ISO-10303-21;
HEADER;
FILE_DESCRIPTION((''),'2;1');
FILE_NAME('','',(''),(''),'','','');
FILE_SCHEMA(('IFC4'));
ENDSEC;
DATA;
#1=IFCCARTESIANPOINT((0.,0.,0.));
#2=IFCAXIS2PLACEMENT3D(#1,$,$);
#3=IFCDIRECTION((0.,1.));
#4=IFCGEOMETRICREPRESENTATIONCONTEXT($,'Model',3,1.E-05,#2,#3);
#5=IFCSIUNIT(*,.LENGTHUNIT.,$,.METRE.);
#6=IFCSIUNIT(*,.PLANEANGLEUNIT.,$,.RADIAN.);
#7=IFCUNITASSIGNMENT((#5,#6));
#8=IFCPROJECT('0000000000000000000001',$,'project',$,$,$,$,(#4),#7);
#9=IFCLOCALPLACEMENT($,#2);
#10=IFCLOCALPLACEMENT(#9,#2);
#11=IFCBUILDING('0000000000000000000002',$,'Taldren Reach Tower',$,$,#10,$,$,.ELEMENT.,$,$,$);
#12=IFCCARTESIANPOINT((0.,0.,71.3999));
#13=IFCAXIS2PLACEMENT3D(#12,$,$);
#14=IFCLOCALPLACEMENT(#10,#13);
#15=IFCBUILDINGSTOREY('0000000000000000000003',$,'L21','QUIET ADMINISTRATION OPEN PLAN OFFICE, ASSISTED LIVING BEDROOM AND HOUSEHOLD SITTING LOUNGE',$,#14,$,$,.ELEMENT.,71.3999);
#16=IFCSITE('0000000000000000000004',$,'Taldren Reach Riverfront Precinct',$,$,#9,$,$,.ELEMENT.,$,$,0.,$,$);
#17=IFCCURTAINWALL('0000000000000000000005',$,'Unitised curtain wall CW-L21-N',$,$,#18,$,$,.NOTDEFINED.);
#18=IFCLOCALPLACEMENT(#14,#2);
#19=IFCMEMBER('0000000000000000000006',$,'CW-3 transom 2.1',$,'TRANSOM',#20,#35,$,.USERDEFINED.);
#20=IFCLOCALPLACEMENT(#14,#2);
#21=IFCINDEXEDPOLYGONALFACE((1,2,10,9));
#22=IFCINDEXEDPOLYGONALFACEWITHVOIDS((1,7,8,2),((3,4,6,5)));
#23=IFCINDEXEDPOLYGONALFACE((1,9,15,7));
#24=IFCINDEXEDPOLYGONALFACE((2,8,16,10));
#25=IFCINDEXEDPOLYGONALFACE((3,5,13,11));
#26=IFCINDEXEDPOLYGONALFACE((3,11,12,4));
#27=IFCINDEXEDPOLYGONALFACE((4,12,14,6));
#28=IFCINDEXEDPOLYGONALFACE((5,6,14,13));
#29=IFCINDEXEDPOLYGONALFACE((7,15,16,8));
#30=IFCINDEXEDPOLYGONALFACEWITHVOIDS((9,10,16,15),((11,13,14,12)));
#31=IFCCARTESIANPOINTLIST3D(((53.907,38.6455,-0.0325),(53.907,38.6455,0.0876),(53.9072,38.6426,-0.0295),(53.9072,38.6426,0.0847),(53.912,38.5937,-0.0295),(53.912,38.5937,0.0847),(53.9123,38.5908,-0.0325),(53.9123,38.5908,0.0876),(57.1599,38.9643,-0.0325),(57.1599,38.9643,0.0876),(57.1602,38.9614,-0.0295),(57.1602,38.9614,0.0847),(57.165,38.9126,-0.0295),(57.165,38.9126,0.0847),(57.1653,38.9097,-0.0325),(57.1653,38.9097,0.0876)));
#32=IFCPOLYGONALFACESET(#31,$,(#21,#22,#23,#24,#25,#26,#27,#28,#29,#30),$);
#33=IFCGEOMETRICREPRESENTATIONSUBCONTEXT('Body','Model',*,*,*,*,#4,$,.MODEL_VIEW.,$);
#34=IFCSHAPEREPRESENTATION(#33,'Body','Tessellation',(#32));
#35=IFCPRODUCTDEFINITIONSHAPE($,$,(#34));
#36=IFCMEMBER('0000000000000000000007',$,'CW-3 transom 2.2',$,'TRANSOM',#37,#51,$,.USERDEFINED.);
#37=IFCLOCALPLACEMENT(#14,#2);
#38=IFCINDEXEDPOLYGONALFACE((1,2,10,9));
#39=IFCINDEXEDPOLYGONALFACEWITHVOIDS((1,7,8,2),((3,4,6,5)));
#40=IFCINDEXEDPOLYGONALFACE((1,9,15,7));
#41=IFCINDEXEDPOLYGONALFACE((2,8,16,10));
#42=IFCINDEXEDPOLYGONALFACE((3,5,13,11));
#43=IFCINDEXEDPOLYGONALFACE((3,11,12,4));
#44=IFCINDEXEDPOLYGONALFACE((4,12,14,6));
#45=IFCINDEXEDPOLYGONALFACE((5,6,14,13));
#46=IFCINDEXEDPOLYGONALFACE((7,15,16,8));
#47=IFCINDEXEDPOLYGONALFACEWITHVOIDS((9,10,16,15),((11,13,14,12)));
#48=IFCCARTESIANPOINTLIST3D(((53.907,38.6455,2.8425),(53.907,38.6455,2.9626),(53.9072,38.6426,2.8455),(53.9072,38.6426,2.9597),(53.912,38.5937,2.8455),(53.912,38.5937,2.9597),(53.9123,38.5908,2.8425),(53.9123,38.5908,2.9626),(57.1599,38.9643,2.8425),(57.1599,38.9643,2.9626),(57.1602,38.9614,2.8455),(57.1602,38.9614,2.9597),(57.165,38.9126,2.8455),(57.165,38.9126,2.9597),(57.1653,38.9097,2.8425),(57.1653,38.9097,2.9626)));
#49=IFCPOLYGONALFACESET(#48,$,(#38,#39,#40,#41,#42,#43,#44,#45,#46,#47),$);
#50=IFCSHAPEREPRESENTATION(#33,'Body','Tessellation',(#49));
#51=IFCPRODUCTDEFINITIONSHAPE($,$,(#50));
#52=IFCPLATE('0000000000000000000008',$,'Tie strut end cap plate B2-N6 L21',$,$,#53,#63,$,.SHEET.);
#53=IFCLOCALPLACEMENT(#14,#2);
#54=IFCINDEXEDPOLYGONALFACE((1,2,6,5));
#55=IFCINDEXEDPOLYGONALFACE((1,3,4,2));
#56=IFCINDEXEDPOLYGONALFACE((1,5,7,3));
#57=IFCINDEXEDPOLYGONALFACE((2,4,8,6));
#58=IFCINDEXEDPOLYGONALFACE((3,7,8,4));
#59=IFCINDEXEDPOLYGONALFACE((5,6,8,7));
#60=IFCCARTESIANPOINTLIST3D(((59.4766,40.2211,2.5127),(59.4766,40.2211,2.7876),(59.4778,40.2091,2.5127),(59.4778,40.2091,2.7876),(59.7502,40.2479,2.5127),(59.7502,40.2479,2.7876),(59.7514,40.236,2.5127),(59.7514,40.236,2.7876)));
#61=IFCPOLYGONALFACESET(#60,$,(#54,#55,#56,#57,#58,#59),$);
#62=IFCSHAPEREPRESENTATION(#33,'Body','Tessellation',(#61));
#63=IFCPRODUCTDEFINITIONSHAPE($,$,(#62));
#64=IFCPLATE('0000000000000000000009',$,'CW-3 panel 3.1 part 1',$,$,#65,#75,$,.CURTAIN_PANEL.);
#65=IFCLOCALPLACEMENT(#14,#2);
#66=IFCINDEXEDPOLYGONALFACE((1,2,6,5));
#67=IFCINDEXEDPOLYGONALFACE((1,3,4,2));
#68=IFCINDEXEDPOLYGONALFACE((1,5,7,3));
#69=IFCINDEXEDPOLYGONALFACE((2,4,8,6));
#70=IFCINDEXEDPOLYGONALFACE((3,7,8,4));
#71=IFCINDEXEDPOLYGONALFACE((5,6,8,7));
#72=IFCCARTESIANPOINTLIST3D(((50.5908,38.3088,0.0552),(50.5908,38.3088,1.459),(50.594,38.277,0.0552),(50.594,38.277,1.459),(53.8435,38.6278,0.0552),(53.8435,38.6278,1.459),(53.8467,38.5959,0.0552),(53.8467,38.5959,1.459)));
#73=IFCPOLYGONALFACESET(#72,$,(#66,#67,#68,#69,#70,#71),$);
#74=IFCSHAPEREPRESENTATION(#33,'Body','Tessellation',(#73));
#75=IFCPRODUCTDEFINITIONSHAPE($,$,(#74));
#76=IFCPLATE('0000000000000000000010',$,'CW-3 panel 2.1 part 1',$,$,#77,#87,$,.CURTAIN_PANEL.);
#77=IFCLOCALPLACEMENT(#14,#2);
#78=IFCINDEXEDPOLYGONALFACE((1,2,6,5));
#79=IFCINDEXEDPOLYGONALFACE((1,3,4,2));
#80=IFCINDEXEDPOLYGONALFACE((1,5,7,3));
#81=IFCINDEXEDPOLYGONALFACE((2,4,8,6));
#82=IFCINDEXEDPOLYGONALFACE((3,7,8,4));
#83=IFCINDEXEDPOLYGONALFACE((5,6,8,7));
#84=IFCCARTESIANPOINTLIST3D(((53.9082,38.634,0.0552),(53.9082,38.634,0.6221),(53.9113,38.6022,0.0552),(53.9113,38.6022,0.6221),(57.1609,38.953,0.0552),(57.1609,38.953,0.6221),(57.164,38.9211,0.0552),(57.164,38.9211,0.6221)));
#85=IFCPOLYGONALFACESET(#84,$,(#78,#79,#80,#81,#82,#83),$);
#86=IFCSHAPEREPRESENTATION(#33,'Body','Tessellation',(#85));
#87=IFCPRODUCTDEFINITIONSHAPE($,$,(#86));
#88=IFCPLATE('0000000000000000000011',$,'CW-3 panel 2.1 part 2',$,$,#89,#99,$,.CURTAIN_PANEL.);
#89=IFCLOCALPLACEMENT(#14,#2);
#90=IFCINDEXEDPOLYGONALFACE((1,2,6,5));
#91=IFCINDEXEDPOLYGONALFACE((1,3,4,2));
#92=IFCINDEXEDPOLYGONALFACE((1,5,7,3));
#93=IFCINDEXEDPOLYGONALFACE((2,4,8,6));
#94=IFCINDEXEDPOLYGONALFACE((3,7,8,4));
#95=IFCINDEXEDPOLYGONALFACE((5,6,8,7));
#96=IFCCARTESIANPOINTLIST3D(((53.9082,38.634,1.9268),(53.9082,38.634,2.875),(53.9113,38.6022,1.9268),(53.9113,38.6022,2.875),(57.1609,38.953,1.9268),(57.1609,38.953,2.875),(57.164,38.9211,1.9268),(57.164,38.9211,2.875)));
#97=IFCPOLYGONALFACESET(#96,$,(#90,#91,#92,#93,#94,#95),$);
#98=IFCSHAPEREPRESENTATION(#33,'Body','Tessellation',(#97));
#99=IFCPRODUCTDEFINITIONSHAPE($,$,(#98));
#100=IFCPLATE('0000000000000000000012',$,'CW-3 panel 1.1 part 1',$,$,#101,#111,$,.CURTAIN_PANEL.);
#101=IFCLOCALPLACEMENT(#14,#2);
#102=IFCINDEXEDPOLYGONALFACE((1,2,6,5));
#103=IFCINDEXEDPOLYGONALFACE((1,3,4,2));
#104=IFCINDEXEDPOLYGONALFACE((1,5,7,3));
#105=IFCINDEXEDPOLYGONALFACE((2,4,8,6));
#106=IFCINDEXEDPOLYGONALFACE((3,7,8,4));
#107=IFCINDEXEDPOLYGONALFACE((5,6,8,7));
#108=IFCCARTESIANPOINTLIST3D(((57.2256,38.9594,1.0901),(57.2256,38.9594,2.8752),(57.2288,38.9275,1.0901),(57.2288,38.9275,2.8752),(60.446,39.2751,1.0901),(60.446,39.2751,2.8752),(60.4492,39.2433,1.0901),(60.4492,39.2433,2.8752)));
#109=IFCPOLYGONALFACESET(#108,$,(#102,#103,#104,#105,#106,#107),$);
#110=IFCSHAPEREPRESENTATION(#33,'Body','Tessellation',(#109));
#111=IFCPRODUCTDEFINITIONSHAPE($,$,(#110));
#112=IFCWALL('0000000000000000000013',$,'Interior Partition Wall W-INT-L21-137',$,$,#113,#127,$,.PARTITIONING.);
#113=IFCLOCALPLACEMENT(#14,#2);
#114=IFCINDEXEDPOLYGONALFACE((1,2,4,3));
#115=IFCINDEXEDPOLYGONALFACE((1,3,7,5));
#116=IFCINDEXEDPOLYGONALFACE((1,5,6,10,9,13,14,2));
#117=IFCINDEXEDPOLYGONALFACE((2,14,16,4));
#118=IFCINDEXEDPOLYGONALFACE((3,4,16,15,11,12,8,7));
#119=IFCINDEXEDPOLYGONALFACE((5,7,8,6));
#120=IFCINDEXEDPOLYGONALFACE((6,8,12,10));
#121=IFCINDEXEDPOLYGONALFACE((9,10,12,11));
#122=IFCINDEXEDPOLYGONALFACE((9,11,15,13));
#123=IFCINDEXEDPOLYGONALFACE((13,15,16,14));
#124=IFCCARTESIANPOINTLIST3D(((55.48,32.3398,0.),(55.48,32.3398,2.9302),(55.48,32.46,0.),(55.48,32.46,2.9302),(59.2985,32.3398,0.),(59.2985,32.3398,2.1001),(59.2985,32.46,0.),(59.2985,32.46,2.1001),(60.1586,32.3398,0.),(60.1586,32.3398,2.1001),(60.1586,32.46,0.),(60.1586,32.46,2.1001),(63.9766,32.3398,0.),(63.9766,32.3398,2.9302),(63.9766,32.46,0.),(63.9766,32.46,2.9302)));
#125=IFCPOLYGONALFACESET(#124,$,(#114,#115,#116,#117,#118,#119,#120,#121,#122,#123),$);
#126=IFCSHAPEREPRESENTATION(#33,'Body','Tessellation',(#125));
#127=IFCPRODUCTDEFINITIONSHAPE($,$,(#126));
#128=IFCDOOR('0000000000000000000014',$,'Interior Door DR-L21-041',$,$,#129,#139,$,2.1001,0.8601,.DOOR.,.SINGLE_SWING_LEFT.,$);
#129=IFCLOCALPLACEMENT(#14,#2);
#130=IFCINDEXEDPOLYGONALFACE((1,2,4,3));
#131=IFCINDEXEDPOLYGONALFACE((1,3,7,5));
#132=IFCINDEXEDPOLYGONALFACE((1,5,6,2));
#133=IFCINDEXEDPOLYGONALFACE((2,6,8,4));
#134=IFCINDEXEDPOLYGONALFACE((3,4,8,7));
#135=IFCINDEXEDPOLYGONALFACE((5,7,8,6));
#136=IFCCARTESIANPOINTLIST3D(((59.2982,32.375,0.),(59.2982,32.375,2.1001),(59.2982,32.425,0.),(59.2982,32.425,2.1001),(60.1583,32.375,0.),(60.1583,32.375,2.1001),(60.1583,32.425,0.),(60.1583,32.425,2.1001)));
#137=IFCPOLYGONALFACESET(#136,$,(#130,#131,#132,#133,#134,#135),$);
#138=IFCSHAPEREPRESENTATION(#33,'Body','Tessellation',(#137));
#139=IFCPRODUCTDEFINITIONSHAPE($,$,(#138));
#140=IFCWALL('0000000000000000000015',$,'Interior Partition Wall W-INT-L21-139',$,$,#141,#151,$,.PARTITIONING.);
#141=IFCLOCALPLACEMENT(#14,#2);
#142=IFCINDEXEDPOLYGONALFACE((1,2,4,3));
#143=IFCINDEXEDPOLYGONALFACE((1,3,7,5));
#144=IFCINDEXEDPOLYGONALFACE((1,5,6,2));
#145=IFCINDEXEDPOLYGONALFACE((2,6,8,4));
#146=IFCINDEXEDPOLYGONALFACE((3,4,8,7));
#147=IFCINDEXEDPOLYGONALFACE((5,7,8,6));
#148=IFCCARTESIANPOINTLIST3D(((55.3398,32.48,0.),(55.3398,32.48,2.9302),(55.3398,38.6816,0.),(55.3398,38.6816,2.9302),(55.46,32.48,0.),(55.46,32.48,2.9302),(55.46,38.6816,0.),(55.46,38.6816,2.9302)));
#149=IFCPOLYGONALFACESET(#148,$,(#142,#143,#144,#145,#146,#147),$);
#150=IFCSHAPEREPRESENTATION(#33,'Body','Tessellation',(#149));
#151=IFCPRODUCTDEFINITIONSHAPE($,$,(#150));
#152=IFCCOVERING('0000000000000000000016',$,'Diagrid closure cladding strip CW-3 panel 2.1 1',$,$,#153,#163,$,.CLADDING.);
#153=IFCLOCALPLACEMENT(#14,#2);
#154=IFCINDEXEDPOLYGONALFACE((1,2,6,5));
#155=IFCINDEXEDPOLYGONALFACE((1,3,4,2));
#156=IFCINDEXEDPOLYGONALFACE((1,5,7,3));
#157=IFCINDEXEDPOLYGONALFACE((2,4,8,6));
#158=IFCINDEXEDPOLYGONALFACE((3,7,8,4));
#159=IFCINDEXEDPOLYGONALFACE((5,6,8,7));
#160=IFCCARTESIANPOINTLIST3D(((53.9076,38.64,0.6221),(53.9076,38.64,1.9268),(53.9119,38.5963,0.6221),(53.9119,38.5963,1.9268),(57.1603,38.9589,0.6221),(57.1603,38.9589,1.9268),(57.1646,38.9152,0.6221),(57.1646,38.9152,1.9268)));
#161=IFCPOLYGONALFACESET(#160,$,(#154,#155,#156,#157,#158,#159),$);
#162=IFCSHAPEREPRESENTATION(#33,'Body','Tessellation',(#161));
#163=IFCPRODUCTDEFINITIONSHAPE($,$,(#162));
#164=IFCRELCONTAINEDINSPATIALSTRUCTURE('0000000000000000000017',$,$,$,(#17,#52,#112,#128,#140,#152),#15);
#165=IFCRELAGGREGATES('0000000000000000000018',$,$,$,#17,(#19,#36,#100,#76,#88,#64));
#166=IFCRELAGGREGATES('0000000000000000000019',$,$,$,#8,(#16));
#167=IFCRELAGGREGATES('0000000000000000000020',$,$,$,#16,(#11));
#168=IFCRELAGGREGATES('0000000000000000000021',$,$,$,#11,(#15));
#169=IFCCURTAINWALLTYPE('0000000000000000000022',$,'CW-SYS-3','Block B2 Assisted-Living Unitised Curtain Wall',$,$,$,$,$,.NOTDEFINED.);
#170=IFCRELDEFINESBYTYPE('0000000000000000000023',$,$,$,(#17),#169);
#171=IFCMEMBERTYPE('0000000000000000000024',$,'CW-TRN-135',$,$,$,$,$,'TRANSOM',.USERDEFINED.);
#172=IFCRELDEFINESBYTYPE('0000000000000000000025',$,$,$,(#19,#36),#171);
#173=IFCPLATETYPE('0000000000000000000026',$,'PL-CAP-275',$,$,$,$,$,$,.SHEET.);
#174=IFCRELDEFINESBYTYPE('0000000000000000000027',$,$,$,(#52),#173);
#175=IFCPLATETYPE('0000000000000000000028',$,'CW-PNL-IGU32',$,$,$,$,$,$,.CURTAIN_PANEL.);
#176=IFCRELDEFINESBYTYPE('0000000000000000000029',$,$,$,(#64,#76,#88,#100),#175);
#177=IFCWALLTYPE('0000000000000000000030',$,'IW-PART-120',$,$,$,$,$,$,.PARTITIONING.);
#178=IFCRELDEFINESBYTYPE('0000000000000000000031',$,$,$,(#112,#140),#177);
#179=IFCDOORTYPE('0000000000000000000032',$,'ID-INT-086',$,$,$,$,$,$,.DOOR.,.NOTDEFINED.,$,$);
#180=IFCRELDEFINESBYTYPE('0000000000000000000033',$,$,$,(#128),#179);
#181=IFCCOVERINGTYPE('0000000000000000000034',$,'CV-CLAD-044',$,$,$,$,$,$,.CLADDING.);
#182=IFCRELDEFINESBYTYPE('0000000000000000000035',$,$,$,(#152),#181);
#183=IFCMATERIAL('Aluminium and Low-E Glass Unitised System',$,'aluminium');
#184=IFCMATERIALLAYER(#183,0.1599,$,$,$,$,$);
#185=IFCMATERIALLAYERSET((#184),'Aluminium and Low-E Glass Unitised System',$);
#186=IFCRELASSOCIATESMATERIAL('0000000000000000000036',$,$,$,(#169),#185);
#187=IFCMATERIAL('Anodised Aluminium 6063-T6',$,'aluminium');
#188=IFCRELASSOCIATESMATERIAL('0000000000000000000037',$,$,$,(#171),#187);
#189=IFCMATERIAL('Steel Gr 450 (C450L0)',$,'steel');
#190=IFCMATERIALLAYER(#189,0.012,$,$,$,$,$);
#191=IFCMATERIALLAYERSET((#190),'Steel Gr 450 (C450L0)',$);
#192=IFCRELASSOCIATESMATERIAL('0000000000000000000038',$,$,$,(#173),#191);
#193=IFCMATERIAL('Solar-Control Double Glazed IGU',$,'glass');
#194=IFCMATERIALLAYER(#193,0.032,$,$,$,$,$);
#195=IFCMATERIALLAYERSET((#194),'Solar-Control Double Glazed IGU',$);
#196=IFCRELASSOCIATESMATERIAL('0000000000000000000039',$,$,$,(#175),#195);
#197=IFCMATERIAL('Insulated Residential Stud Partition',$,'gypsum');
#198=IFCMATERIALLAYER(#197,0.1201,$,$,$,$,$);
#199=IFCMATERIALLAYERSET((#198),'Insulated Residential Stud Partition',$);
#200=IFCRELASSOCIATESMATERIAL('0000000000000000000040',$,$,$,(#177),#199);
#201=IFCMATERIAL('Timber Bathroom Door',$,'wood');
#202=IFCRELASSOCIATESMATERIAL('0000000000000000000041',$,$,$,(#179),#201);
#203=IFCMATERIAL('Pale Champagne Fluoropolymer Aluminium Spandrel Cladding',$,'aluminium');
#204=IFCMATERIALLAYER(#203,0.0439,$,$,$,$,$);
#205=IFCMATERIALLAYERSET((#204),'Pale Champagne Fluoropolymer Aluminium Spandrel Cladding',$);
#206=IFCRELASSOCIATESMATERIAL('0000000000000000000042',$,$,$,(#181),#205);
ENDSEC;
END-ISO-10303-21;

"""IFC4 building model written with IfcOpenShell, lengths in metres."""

from ifc_helpers import new_model, si_unit, direction, frame, frame_2d, origin, origin_2d, place, context, subcontext, project, spatial, rectangle, hollow_rectangle, extrude, source, transform, mapped, material, layer, layer_set, material_profile, profile_set, type_object, element, fill, aggregate, save


model = new_model("IFC4")

# Units and contexts
model_context = context("Model", 3, precision=1e-05, world=origin(), true_north=direction((0.0, 1.0)))
body_context = subcontext(model_context, "Body", "Model", "MODEL_VIEW")
ifc_project = project(units=[si_unit("LENGTHUNIT", "METRE"), si_unit("PLANEANGLEUNIT", "RADIAN")], contexts=[model_context])

# Site, building, storey
site_placement = place(None, origin())
site = spatial("IfcSite", under=ifc_project, at=site_placement, Name="Taldren Reach Riverfront Precinct", CompositionType="ELEMENT", RefElevation=0.0)
building_placement = place(site_placement, origin())
building = spatial("IfcBuilding", under=site, at=building_placement, Name="Taldren Reach Tower", CompositionType="ELEMENT")
storey_placement = place(building_placement, frame((0.0, 0.0, 71.3999)))
storey = spatial("IfcBuildingStorey", under=building, at=storey_placement, Name="L21", Description="QUIET ADMINISTRATION OPEN PLAN OFFICE, ASSISTED LIVING BEDROOM AND HOUSEHOLD SITTING LOUNGE", CompositionType="ELEMENT", Elevation=71.3999)

# Shared definitions
ifc_material_1 = material(Name="Steel Gr 450 (C450L0)", Category="steel")

# Curtain wall, members
ifc_material_2 = material(Name="Aluminium and Low-E Glass Unitised System", Category="aluminium")
ifc_layer_1 = layer(ifc_material_2, 0.1599)
ifc_layer_set_1 = layer_set([ifc_layer_1], Name="Aluminium and Low-E Glass Unitised System")
curtain_wall_type = type_object("IfcCurtainWallType", Name="CW-SYS-3", Description="Block B2 Assisted-Living Unitised Curtain Wall", PredefinedType="NOTDEFINED", material=ifc_layer_set_1)
curtain_wall_placement = place(storey_placement, origin())
curtain_wall = element("IfcCurtainWall", 1, at=curtain_wall_placement, inside=storey, type_object=curtain_wall_type, Name="Unitised curtain wall CW-L21-N", PredefinedType="NOTDEFINED")
ifc_material_3 = material(Name="Anodised Aluminium 6063-T6", Category="aluminium")
ifc_material_profile_1 = material_profile(ifc_material_3, hollow_rectangle(XDim=0.0549, YDim=0.1201, WallThickness=0.0029, at=origin_2d()), Name="ALU-120x55x3RHS")
ifc_profile_set_1 = profile_set([ifc_material_profile_1], Name="Anodised Aluminium 6063-T6")
member_type_1 = type_object("IfcMemberType", Name="CW-TRN-135", ElementType="TRANSOM", PredefinedType="USERDEFINED", material=ifc_profile_set_1)
shared_shape_1 = source(origin(), body_context, "Body", "SweptSolid", [
    extrude(hollow_rectangle(XDim=0.0549, YDim=0.1201, WallThickness=0.0029, at=origin_2d()), origin(), (0.0, 0.0, 1.0), 3.2686),
])
member_1_placement = place(storey_placement, frame((57.1626, 38.937, 0.0276), z_axis=(-0.995231, -0.097551, 0.0), x_axis=(0.097551, -0.995231, 0.0)))
member_1 = element("IfcMember", 2, at=member_1_placement, type_object=member_type_1, Name="CW-3 transom 2.1", ObjectType="TRANSOM", PredefinedType="USERDEFINED", context=body_context, shape_type="MappedRepresentation", body=[
    mapped(shared_shape_1, transform((0.0, 0.0, 0.0), scale=1.0)),
])
member_2_placement = place(storey_placement, frame((57.1626, 38.937, 2.9026), z_axis=(-0.995231, -0.097551, 0.0), x_axis=(0.097551, -0.995231, 0.0)))
member_2 = element("IfcMember", 3, at=member_2_placement, type_object=member_type_1, Name="CW-3 transom 2.2", ObjectType="TRANSOM", PredefinedType="USERDEFINED", context=body_context, shape_type="MappedRepresentation", body=[
    mapped(shared_shape_1, transform((0.0, 0.0, 0.0), scale=1.0)),
])

# Plates
ifc_layer_2 = layer(ifc_material_1, 0.012)
ifc_layer_set_2 = layer_set([ifc_layer_2], Name="Steel Gr 450 (C450L0)")
plate_type_1 = type_object("IfcPlateType", Name="PL-CAP-275", PredefinedType="SHEET", material=ifc_layer_set_2)
shared_shape_2 = source(origin(), body_context, "Body", "SweptSolid", [
    extrude(rectangle(XDim=0.2749, YDim=0.012, at=origin_2d()), origin(), (0.0, 0.0, 1.0), 0.2749),
])
plate_1_placement = place(storey_placement, frame((59.614, 40.2285, 2.5127), z_axis=(0.0, 0.0, 1.0), x_axis=(0.995227, 0.097583, 0.0)))
element("IfcPlate", 4, at=plate_1_placement, inside=storey, type_object=plate_type_1, Name="Tie strut end cap plate B2-N6 L21", PredefinedType="SHEET", context=body_context, shape_type="MappedRepresentation", body=[
    mapped(shared_shape_2, transform((0.0, 0.0, 0.0), scale=1.0)),
])
ifc_material_4 = material(Name="Solar-Control Double Glazed IGU", Category="glass")
ifc_layer_3 = layer(ifc_material_4, 0.032)
ifc_layer_set_3 = layer_set([ifc_layer_3], Name="Solar-Control Double Glazed IGU")
plate_type_2 = type_object("IfcPlateType", Name="CW-PNL-IGU32", PredefinedType="CURTAIN_PANEL", material=ifc_layer_set_3)
shared_shape_3 = source(origin(), body_context, "Body", "SweptSolid", [
    extrude(rectangle(XDim=3.2683, YDim=0.032, at=origin_2d()), origin(), (0.0, 0.0, 1.0), 1.4038),
])
plate_2_placement = place(storey_placement, frame((52.2188, 38.4524, 0.0552), z_axis=(0.0, 0.0, 1.0), x_axis=(-0.995227, -0.097583, 0.0)))
plate_2 = element("IfcPlate", 5, at=plate_2_placement, type_object=plate_type_2, Name="CW-3 panel 3.1 part 1", PredefinedType="CURTAIN_PANEL", context=body_context, shape_type="MappedRepresentation", body=[
    mapped(shared_shape_3, transform((0.0, 0.0, 0.0), scale=1.0)),
])
shared_shape_4 = source(origin(), body_context, "Body", "SweptSolid", [
    extrude(rectangle(XDim=3.2683, YDim=0.032, at=origin_2d()), origin(), (0.0, 0.0, 1.0), 0.5669),
])
plate_3_placement = place(storey_placement, frame((55.5361, 38.7776, 0.0552), z_axis=(0.0, 0.0, 1.0), x_axis=(-0.995227, -0.097583, 0.0)))
plate_3 = element("IfcPlate", 6, at=plate_3_placement, type_object=plate_type_2, Name="CW-3 panel 2.1 part 1", PredefinedType="CURTAIN_PANEL", context=body_context, shape_type="MappedRepresentation", body=[
    mapped(shared_shape_4, transform((0.0, 0.0, 0.0), scale=1.0)),
])
shared_shape_5 = source(origin(), body_context, "Body", "SweptSolid", [
    extrude(rectangle(XDim=3.2683, YDim=0.032, at=origin_2d()), origin(), (0.0, 0.0, 1.0), 0.9482),
])
plate_4_placement = place(storey_placement, frame((55.5361, 38.7776, 1.9268), z_axis=(0.0, 0.0, 1.0), x_axis=(-0.995227, -0.097583, 0.0)))
plate_4 = element("IfcPlate", 7, at=plate_4_placement, type_object=plate_type_2, Name="CW-3 panel 2.1 part 2", PredefinedType="CURTAIN_PANEL", context=body_context, shape_type="MappedRepresentation", body=[
    mapped(shared_shape_5, transform((0.0, 0.0, 0.0), scale=1.0)),
])
shared_shape_6 = source(origin(), body_context, "Body", "SweptSolid", [
    extrude(rectangle(XDim=3.2358, YDim=0.032, at=origin_2d()), origin(), (0.0, 0.0, 1.0), 1.7852),
])
plate_5_placement = place(storey_placement, frame((58.8374, 39.1013, 1.0901), z_axis=(0.0, 0.0, 1.0), x_axis=(-0.995227, -0.097583, 0.0)))
plate_5 = element("IfcPlate", 8, at=plate_5_placement, type_object=plate_type_2, Name="CW-3 panel 1.1 part 1", PredefinedType="CURTAIN_PANEL", context=body_context, shape_type="MappedRepresentation", body=[
    mapped(shared_shape_6, transform((0.0, 0.0, 0.0), scale=1.0)),
])
aggregate(curtain_wall, [member_1, member_2, plate_5, plate_3, plate_4, plate_2])

# Wall, opening, door
ifc_material_5 = material(Name="Insulated Residential Stud Partition", Category="gypsum")
ifc_layer_4 = layer(ifc_material_5, 0.1201)
ifc_layer_set_4 = layer_set([ifc_layer_4], Name="Insulated Residential Stud Partition")
wall_type = type_object("IfcWallType", Name="IW-PART-120", PredefinedType="PARTITIONING", material=ifc_layer_set_4)
shared_shape_7 = source(origin(), body_context, "Body", "SweptSolid", [
    extrude(rectangle(XDim=8.4966, YDim=0.1201, at=frame_2d((4.2483, 0.0))), origin(), (0.0, 0.0, 1.0), 2.9302),
])
wall_1_placement = place(storey_placement, frame((55.48, 32.3999, 0.0), z_axis=(0.0, 0.0, 1.0), x_axis=(1.0, 0.0, 0.0)))
wall_1 = element("IfcWall", 9, at=wall_1_placement, inside=storey, type_object=wall_type, Name="Interior Partition Wall W-INT-L21-137", PredefinedType="PARTITIONING", context=body_context, shape_type="MappedRepresentation", body=[
    mapped(shared_shape_7, transform((0.0, 0.0, 0.0), scale=1.0)),
])
shared_shape_8 = source(origin(), body_context, "Body", "SweptSolid", [
    extrude(rectangle(XDim=0.8601, YDim=2.1001, at=frame_2d((0.4302, 1.05))), frame((0.0, 0.0701, 0.0), z_axis=(0.0, -1.0, 0.0), x_axis=(1.0, 0.0, 0.0)), (0.0, 0.0, 1.0), 0.1401),
])
opening_placement = place(wall_1_placement, frame((3.8184, 0.0, 0.0)))
opening = element("IfcOpeningElement", 10, at=opening_placement, cuts=wall_1, PredefinedType="OPENING", context=body_context, shape_type="MappedRepresentation", body=[
    mapped(shared_shape_8, transform((0.0, 0.0, 0.0), scale=1.0)),
])
ifc_material_6 = material(Name="Timber Bathroom Door", Category="wood")
door_type = type_object("IfcDoorType", Name="ID-INT-086", OperationType="NOTDEFINED", PredefinedType="DOOR", material=ifc_material_6)
shared_shape_9 = source(origin(), body_context, "Body", "SweptSolid", [
    extrude(rectangle(XDim=0.8601, YDim=2.1001, at=frame_2d((0.4302, 1.05))), frame((0.0, 0.0249, 0.0), z_axis=(0.0, -1.0, 0.0), x_axis=(1.0, 0.0, 0.0)), (0.0, 0.0, 1.0), 0.05),
])
door_placement = place(opening_placement, frame((0.8601, 0.0, 0.0), z_axis=(0.0, 0.0, 1.0), x_axis=(-1.0, 0.0, 0.0)))
door = element("IfcDoor", 11, at=door_placement, inside=storey, type_object=door_type, Name="Interior Door DR-L21-041", OperationType="SINGLE_SWING_LEFT", OverallHeight=2.1001, OverallWidth=0.8601, PredefinedType="DOOR", context=body_context, shape_type="MappedRepresentation", body=[
    mapped(shared_shape_9, transform((0.0, 0.0, 0.0), scale=1.0)),
])
fill(opening, door)

# Wall
shared_shape_10 = source(origin(), body_context, "Body", "SweptSolid", [
    extrude(rectangle(XDim=6.2017, YDim=0.1201, at=frame_2d((3.1008, 0.0))), origin(), (0.0, 0.0, 1.0), 2.9302),
])
wall_2_placement = place(storey_placement, frame((55.3999, 32.48, 0.0), z_axis=(0.0, 0.0, 1.0), x_axis=(0.0, 1.0, 0.0)))
element("IfcWall", 12, at=wall_2_placement, inside=storey, type_object=wall_type, Name="Interior Partition Wall W-INT-L21-139", PredefinedType="PARTITIONING", context=body_context, shape_type="MappedRepresentation", body=[
    mapped(shared_shape_10, transform((0.0, 0.0, 0.0), scale=1.0)),
])

# Covering
ifc_material_7 = material(Name="Pale Champagne Fluoropolymer Aluminium Spandrel Cladding", Category="aluminium")
ifc_layer_5 = layer(ifc_material_7, 0.0439)
ifc_layer_set_5 = layer_set([ifc_layer_5], Name="Pale Champagne Fluoropolymer Aluminium Spandrel Cladding")
covering_type = type_object("IfcCoveringType", Name="CV-CLAD-044", PredefinedType="CLADDING", material=ifc_layer_set_5)
shared_shape_11 = source(origin(), body_context, "Body", "SweptSolid", [
    extrude(rectangle(XDim=3.2683, YDim=0.0439, at=origin_2d()), origin(), (0.0, 0.0, 1.0), 1.3047),
])
covering_1_placement = place(storey_placement, frame((55.5361, 38.7776, 0.6221), z_axis=(0.0, 0.0, 1.0), x_axis=(-0.995227, -0.097583, 0.0)))
element("IfcCovering", 13, at=covering_1_placement, inside=storey, type_object=covering_type, Name="Diagrid closure cladding strip CW-3 panel 2.1 1", PredefinedType="CLADDING", context=body_context, shape_type="MappedRepresentation", body=[
    mapped(shared_shape_11, transform((0.0, 0.0, 0.0), scale=1.0)),
])

save(model, "model.ifc")
